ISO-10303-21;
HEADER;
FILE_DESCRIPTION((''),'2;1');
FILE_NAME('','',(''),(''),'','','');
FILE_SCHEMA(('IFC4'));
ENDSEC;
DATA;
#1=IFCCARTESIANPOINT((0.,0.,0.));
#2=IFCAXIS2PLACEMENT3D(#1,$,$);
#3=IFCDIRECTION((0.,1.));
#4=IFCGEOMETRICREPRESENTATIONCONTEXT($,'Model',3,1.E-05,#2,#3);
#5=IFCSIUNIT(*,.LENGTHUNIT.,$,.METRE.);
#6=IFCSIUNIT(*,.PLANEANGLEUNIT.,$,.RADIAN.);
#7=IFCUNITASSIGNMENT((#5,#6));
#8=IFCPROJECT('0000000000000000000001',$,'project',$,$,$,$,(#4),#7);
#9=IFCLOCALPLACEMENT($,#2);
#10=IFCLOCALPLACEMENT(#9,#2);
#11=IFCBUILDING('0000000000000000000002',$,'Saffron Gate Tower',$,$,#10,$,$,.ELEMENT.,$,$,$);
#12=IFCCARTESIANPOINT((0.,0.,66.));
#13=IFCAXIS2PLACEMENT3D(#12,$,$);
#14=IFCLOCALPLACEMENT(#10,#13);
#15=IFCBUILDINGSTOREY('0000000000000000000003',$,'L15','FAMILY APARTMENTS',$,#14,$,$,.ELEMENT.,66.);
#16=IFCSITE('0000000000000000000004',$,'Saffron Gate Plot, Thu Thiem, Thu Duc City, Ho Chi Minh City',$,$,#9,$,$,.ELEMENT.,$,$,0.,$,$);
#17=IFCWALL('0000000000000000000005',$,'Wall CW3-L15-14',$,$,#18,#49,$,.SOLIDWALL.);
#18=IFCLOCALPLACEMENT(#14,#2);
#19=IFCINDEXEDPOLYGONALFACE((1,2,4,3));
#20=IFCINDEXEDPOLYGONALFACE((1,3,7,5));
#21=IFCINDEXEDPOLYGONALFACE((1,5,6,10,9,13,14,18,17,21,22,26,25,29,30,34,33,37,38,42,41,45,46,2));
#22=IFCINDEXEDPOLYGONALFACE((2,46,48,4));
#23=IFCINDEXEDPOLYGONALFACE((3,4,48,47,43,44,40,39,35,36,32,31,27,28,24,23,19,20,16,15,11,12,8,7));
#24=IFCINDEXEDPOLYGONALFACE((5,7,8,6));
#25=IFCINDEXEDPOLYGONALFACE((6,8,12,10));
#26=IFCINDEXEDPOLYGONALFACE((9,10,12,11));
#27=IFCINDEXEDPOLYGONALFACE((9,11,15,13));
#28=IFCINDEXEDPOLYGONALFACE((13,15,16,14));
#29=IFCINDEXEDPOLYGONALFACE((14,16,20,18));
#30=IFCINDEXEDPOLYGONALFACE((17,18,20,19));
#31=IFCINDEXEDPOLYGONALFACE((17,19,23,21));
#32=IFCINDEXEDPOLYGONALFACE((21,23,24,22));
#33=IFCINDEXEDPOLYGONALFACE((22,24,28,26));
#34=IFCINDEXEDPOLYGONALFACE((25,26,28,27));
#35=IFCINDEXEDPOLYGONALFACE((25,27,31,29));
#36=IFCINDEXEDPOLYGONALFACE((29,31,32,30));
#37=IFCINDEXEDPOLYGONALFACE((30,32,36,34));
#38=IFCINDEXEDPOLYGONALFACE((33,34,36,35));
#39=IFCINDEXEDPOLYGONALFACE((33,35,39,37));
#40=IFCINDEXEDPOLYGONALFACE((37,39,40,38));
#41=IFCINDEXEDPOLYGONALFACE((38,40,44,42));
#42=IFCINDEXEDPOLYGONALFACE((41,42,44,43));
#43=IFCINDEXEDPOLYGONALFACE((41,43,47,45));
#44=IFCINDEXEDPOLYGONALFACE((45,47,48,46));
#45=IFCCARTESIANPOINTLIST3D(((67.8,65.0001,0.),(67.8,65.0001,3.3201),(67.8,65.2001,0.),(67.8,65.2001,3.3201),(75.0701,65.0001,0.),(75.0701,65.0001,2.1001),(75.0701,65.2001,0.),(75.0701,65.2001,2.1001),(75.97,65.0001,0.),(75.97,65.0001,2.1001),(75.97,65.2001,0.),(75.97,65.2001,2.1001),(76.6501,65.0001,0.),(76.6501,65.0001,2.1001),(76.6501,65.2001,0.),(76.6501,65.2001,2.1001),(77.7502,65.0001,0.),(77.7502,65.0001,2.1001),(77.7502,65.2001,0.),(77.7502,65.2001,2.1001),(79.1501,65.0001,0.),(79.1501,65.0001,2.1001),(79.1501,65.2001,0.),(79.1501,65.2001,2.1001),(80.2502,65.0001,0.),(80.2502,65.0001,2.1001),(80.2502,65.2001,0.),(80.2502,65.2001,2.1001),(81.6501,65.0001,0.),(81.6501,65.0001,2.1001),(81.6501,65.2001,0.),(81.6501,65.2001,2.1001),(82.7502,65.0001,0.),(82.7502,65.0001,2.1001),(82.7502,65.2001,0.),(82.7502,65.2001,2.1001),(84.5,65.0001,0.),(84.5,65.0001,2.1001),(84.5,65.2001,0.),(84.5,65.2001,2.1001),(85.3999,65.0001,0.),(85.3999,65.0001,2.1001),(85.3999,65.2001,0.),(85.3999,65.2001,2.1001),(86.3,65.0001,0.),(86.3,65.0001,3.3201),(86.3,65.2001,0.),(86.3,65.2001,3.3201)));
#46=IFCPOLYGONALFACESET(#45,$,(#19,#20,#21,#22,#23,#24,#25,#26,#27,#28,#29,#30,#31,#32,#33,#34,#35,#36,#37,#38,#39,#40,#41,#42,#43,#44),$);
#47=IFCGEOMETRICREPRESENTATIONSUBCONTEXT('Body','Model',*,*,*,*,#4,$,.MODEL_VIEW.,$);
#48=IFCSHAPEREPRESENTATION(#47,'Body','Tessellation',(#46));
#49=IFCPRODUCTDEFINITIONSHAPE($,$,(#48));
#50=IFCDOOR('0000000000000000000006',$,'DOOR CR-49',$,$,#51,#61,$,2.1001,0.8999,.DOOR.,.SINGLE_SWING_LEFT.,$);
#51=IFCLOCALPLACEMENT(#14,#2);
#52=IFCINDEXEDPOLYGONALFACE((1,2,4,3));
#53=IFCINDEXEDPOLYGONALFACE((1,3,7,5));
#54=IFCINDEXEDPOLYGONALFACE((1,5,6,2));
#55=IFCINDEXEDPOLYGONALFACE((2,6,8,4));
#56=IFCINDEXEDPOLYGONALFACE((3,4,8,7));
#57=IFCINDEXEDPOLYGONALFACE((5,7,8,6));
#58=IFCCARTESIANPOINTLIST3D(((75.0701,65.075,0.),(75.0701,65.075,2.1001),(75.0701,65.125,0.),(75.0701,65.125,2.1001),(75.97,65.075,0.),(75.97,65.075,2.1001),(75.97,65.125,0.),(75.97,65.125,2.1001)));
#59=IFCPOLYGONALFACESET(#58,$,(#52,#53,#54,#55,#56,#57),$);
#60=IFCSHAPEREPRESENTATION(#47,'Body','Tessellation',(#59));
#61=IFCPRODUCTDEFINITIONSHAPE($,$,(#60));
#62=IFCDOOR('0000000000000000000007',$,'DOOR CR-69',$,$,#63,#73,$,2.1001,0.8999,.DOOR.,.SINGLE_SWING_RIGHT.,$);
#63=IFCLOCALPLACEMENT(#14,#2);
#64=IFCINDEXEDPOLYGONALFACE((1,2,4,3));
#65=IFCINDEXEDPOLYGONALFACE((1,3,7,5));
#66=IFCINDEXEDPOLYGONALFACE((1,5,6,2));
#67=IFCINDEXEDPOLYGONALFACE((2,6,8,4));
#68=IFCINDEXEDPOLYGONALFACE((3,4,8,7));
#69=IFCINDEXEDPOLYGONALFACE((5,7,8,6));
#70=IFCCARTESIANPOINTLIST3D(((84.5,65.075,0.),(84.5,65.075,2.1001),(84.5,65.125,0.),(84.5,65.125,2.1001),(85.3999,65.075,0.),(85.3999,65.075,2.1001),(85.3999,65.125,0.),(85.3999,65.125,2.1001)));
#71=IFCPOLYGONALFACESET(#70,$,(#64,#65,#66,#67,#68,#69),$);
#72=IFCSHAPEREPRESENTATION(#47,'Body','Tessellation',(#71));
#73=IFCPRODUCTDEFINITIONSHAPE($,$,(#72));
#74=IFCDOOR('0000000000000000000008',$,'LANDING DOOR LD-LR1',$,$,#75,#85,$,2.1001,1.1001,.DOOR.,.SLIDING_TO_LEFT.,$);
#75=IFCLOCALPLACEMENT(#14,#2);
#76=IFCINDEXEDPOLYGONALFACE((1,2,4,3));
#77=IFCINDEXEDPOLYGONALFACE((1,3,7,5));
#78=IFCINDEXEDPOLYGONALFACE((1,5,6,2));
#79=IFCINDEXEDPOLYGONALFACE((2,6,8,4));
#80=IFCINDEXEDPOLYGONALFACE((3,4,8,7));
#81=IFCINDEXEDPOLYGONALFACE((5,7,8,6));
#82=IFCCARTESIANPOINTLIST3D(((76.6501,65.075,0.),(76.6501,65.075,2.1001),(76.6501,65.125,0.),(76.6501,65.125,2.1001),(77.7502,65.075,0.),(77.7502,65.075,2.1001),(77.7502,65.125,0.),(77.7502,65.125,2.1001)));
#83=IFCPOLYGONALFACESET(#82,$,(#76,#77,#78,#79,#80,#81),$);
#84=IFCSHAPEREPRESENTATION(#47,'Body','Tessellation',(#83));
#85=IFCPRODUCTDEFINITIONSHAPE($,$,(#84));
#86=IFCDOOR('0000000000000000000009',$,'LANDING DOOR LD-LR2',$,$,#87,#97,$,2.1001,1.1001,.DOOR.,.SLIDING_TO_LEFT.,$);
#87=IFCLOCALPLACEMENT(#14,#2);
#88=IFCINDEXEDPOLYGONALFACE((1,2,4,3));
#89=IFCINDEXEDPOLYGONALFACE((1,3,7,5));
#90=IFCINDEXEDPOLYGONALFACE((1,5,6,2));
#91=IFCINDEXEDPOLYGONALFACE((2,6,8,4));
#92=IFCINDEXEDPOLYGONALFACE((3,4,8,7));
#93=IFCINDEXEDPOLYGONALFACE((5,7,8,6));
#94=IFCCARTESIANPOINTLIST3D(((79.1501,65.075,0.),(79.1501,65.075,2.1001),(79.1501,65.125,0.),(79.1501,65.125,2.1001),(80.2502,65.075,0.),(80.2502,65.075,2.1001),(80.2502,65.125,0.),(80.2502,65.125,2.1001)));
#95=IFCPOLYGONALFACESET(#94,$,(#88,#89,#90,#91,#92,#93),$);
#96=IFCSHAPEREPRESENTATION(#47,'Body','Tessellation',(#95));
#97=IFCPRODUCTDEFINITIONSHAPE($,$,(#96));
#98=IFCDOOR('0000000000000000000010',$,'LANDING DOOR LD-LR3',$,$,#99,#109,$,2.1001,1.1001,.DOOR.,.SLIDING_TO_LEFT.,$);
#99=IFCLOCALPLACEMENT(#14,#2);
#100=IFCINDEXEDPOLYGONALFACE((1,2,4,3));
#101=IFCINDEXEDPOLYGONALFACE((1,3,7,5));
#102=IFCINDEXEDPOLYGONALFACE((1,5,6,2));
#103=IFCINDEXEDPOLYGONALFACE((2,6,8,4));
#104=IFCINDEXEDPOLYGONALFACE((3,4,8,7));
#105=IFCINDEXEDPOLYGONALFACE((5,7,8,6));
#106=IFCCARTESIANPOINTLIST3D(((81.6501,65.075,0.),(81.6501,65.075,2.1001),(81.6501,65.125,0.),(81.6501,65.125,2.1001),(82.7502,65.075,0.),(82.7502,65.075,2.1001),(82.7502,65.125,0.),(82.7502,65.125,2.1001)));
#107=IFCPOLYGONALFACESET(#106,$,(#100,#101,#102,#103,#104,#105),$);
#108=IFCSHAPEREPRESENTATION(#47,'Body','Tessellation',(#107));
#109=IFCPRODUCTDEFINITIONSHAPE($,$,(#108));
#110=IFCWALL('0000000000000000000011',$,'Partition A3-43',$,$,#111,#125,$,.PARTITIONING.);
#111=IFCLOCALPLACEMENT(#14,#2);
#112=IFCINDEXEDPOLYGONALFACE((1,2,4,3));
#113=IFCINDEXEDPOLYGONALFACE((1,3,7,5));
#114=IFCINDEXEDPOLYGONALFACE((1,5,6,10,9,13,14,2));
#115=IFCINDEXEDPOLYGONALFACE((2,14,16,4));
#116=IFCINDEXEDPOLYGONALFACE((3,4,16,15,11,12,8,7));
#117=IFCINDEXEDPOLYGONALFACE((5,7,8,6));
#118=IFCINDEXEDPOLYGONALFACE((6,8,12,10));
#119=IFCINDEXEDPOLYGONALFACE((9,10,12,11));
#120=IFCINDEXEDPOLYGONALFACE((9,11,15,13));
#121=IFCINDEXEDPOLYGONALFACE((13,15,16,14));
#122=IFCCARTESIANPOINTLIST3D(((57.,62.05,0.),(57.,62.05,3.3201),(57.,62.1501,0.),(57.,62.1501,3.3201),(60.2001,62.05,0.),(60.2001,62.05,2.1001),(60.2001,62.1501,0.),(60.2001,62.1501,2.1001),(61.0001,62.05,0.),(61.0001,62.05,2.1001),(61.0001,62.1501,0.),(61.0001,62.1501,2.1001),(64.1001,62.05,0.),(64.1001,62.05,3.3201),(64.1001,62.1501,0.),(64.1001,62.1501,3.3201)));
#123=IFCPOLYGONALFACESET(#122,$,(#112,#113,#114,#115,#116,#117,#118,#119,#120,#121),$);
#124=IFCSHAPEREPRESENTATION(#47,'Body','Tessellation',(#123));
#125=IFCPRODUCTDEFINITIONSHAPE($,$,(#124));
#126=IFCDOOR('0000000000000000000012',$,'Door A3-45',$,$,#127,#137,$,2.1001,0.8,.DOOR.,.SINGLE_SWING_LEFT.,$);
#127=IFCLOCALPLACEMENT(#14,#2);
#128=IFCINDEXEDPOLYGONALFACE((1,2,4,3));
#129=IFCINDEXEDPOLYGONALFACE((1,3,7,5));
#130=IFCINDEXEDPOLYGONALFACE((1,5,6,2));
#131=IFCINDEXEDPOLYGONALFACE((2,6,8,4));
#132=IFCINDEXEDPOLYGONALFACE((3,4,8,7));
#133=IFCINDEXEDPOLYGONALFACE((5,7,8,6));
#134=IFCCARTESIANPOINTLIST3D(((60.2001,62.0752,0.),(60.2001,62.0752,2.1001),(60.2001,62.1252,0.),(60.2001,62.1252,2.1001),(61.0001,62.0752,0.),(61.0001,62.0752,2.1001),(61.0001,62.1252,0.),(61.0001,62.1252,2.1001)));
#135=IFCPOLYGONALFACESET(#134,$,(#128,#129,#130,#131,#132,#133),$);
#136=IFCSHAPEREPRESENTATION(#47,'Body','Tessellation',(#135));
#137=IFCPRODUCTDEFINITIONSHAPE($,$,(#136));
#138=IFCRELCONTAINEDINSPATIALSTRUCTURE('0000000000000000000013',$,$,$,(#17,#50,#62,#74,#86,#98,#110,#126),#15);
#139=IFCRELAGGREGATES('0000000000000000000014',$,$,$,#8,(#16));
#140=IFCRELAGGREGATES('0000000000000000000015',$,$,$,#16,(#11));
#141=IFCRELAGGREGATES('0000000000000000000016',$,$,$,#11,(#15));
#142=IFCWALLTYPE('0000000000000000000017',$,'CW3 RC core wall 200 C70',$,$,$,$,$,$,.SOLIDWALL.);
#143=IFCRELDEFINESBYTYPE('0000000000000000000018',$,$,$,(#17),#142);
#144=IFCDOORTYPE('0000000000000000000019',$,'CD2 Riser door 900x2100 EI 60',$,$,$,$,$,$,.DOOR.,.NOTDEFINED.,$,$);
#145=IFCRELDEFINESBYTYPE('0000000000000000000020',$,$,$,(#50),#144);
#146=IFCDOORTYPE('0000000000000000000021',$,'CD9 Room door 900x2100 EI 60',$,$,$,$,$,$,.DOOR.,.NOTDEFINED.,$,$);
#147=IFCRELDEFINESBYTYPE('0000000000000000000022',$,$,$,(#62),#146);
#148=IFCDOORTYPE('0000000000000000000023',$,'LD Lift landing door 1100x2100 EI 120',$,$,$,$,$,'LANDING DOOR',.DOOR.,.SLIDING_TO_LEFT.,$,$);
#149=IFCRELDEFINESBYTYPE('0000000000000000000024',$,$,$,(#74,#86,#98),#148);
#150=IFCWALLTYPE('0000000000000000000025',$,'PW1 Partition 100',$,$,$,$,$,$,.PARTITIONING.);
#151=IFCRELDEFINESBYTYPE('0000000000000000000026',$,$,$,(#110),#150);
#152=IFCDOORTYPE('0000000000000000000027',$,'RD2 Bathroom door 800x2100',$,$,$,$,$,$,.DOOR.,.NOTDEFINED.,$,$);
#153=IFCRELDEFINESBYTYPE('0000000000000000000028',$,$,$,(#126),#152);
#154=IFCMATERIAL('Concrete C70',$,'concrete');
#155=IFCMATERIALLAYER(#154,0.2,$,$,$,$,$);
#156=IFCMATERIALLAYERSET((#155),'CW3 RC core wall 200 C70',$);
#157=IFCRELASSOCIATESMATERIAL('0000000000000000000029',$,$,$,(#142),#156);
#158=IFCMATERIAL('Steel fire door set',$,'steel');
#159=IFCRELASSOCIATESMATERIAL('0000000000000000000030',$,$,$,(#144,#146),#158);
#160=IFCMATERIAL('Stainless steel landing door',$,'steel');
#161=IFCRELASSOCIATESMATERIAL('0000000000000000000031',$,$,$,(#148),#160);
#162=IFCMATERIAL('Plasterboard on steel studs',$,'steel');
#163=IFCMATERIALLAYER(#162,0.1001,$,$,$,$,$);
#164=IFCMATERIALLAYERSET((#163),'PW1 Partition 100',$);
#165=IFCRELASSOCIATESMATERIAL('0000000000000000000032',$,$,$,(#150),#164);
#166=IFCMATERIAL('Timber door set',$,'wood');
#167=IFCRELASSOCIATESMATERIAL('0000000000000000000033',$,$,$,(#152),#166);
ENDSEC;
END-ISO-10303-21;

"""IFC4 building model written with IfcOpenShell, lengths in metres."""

from ifc_helpers import new_model, si_unit, direction, frame, frame_2d, origin, place, context, subcontext, project, spatial, rectangle, extrude, material, layer, layer_set, type_object, element, fill, save


model = new_model("IFC4")

# Units and contexts
model_context = context("Model", 3, precision=1e-05, world=origin(), true_north=direction((0.0, 1.0)))
body_context = subcontext(model_context, "Body", "Model", "MODEL_VIEW")
ifc_project = project(units=[si_unit("LENGTHUNIT", "METRE"), si_unit("PLANEANGLEUNIT", "RADIAN")], contexts=[model_context])

# Site, building, storey
site_placement = place(None, origin())
site = spatial("IfcSite", under=ifc_project, at=site_placement, Name="Saffron Gate Plot, Thu Thiem, Thu Duc City, Ho Chi Minh City", CompositionType="ELEMENT", RefElevation=0.0)
building_placement = place(site_placement, origin())
building = spatial("IfcBuilding", under=site, at=building_placement, Name="Saffron Gate Tower", CompositionType="ELEMENT")
storey_placement = place(building_placement, frame((0.0, 0.0, 66.0)))
storey = spatial("IfcBuildingStorey", under=building, at=storey_placement, Name="L15", Description="FAMILY APARTMENTS", CompositionType="ELEMENT", Elevation=66.0)

# Shared definitions
ifc_material_1 = material(Name="Concrete C70", Category="concrete")
ifc_material_2 = material(Name="Steel fire door set", Category="steel")

# Wall, openings, doors
ifc_layer_1 = layer(ifc_material_1, 0.2)
ifc_layer_set_1 = layer_set([ifc_layer_1], Name="CW3 RC core wall 200 C70")
wall_type_1 = type_object("IfcWallType", Name="CW3 RC core wall 200 C70", PredefinedType="SOLIDWALL", material=ifc_layer_set_1)
wall_1_placement = place(storey_placement, frame((67.8, 65.1001, 0.0), z_axis=(0.0, 0.0, 1.0), x_axis=(1.0, 0.0, 0.0)))
wall_1 = element("IfcWall", 1, at=wall_1_placement, inside=storey, type_object=wall_type_1, Name="Wall CW3-L15-14", PredefinedType="SOLIDWALL", context=body_context, shape_type="SweptSolid", body=[
    extrude(rectangle(XDim=18.5, YDim=0.2, at=frame_2d((9.25, 0.0))), origin(), (0.0, 0.0, 1.0), 3.3201),
])
opening_1_placement = place(wall_1_placement, frame((7.27, 0.0, 0.0)))
opening_1 = element("IfcOpeningElement", 2, at=opening_1_placement, cuts=wall_1, PredefinedType="OPENING", context=body_context, shape_type="SweptSolid", body=[
    extrude(rectangle(XDim=0.8999, YDim=2.1001, at=frame_2d((0.45, 1.05))), frame((0.0, 0.1099, 0.0), z_axis=(0.0, -1.0, 0.0), x_axis=(1.0, 0.0, 0.0)), (0.0, 0.0, 1.0), 0.22),
])
opening_2_placement = place(wall_1_placement, frame((8.8501, 0.0, 0.0)))
opening_2 = element("IfcOpeningElement", 3, at=opening_2_placement, cuts=wall_1, PredefinedType="OPENING", context=body_context, shape_type="SweptSolid", body=[
    extrude(rectangle(XDim=1.1001, YDim=2.1001, at=frame_2d((0.55, 1.05))), frame((0.0, 0.1099, 0.0), z_axis=(0.0, -1.0, 0.0), x_axis=(1.0, 0.0, 0.0)), (0.0, 0.0, 1.0), 0.22),
])
opening_3_placement = place(wall_1_placement, frame((11.3501, 0.0, 0.0)))
opening_3 = element("IfcOpeningElement", 4, at=opening_3_placement, cuts=wall_1, PredefinedType="OPENING", context=body_context, shape_type="SweptSolid", body=[
    extrude(rectangle(XDim=1.1001, YDim=2.1001, at=frame_2d((0.55, 1.05))), frame((0.0, 0.1099, 0.0), z_axis=(0.0, -1.0, 0.0), x_axis=(1.0, 0.0, 0.0)), (0.0, 0.0, 1.0), 0.22),
])
opening_4_placement = place(wall_1_placement, frame((13.8501, 0.0, 0.0)))
opening_4 = element("IfcOpeningElement", 5, at=opening_4_placement, cuts=wall_1, PredefinedType="OPENING", context=body_context, shape_type="SweptSolid", body=[
    extrude(rectangle(XDim=1.1001, YDim=2.1001, at=frame_2d((0.55, 1.05))), frame((0.0, 0.1099, 0.0), z_axis=(0.0, -1.0, 0.0), x_axis=(1.0, 0.0, 0.0)), (0.0, 0.0, 1.0), 0.22),
])
opening_5_placement = place(wall_1_placement, frame((16.7, 0.0, 0.0)))
opening_5 = element("IfcOpeningElement", 6, at=opening_5_placement, cuts=wall_1, PredefinedType="OPENING", context=body_context, shape_type="SweptSolid", body=[
    extrude(rectangle(XDim=0.8999, YDim=2.1001, at=frame_2d((0.45, 1.05))), frame((0.0, 0.1099, 0.0), z_axis=(0.0, -1.0, 0.0), x_axis=(1.0, 0.0, 0.0)), (0.0, 0.0, 1.0), 0.22),
])
door_type_1 = type_object("IfcDoorType", Name="CD2 Riser door 900x2100 EI 60", OperationType="NOTDEFINED", PredefinedType="DOOR", material=ifc_material_2)
door_1_placement = place(opening_1_placement, origin())
door_1 = element("IfcDoor", 7, at=door_1_placement, inside=storey, type_object=door_type_1, Name="DOOR CR-49", OperationType="SINGLE_SWING_LEFT", OverallHeight=2.1001, OverallWidth=0.8999, PredefinedType="DOOR", context=body_context, shape_type="SweptSolid", body=[
    extrude(rectangle(XDim=0.8999, YDim=2.1001, at=frame_2d((0.45, 1.05))), frame((0.0, 0.0249, 0.0), z_axis=(0.0, -1.0, 0.0), x_axis=(1.0, 0.0, 0.0)), (0.0, 0.0, 1.0), 0.05),
])
fill(opening_1, door_1)
door_type_2 = type_object("IfcDoorType", Name="CD9 Room door 900x2100 EI 60", OperationType="NOTDEFINED", PredefinedType="DOOR", material=ifc_material_2)
door_2_placement = place(opening_5_placement, origin())
door_2 = element("IfcDoor", 8, at=door_2_placement, inside=storey, type_object=door_type_2, Name="DOOR CR-69", OperationType="SINGLE_SWING_RIGHT", OverallHeight=2.1001, OverallWidth=0.8999, PredefinedType="DOOR", context=body_context, shape_type="SweptSolid", body=[
    extrude(rectangle(XDim=0.8999, YDim=2.1001, at=frame_2d((0.45, 1.05))), frame((0.0, 0.0249, 0.0), z_axis=(0.0, -1.0, 0.0), x_axis=(1.0, 0.0, 0.0)), (0.0, 0.0, 1.0), 0.05),
])
fill(opening_5, door_2)
ifc_material_3 = material(Name="Stainless steel landing door", Category="steel")
door_type_3 = type_object("IfcDoorType", Name="LD Lift landing door 1100x2100 EI 120", ElementType="LANDING DOOR", OperationType="SLIDING_TO_LEFT", PredefinedType="DOOR", material=ifc_material_3)
door_3_placement = place(opening_2_placement, origin())
door_3 = element("IfcDoor", 9, at=door_3_placement, inside=storey, type_object=door_type_3, Name="LANDING DOOR LD-LR1", OperationType="SLIDING_TO_LEFT", OverallHeight=2.1001, OverallWidth=1.1001, PredefinedType="DOOR", context=body_context, shape_type="SweptSolid", body=[
    extrude(rectangle(XDim=1.1001, YDim=2.1001, at=frame_2d((0.55, 1.05))), frame((0.0, 0.0249, 0.0), z_axis=(0.0, -1.0, 0.0), x_axis=(1.0, 0.0, 0.0)), (0.0, 0.0, 1.0), 0.05),
])
fill(opening_2, door_3)
door_4_placement = place(opening_3_placement, origin())
door_4 = element("IfcDoor", 10, at=door_4_placement, inside=storey, type_object=door_type_3, Name="LANDING DOOR LD-LR2", OperationType="SLIDING_TO_LEFT", OverallHeight=2.1001, OverallWidth=1.1001, PredefinedType="DOOR", context=body_context, shape_type="SweptSolid", body=[
    extrude(rectangle(XDim=1.1001, YDim=2.1001, at=frame_2d((0.55, 1.05))), frame((0.0, 0.0249, 0.0), z_axis=(0.0, -1.0, 0.0), x_axis=(1.0, 0.0, 0.0)), (0.0, 0.0, 1.0), 0.05),
])
fill(opening_3, door_4)
door_5_placement = place(opening_4_placement, origin())
door_5 = element("IfcDoor", 11, at=door_5_placement, inside=storey, type_object=door_type_3, Name="LANDING DOOR LD-LR3", OperationType="SLIDING_TO_LEFT", OverallHeight=2.1001, OverallWidth=1.1001, PredefinedType="DOOR", context=body_context, shape_type="SweptSolid", body=[
    extrude(rectangle(XDim=1.1001, YDim=2.1001, at=frame_2d((0.55, 1.05))), frame((0.0, 0.0249, 0.0), z_axis=(0.0, -1.0, 0.0), x_axis=(1.0, 0.0, 0.0)), (0.0, 0.0, 1.0), 0.05),
])
fill(opening_4, door_5)

# Wall, opening, door
ifc_material_4 = material(Name="Plasterboard on steel studs", Category="steel")
ifc_layer_2 = layer(ifc_material_4, 0.1001)
ifc_layer_set_2 = layer_set([ifc_layer_2], Name="PW1 Partition 100")
wall_type_2 = type_object("IfcWallType", Name="PW1 Partition 100", PredefinedType="PARTITIONING", material=ifc_layer_set_2)
wall_2_placement = place(storey_placement, frame((64.1001, 62.1001, 0.0), z_axis=(0.0, 0.0, 1.0), x_axis=(-1.0, 0.0, 0.0)))
wall_2 = element("IfcWall", 12, at=wall_2_placement, inside=storey, type_object=wall_type_2, Name="Partition A3-43", PredefinedType="PARTITIONING", context=body_context, shape_type="SweptSolid", body=[
    extrude(rectangle(XDim=7.1001, YDim=0.1001, at=frame_2d((3.55, 0.0))), origin(), (0.0, 0.0, 1.0), 3.3201),
])
opening_6_placement = place(wall_2_placement, frame((3.1001, 0.0, 0.0)))
opening_6 = element("IfcOpeningElement", 13, at=opening_6_placement, cuts=wall_2, PredefinedType="OPENING", context=body_context, shape_type="SweptSolid", body=[
    extrude(rectangle(XDim=0.8, YDim=2.1001, at=frame_2d((0.3999, 1.05))), frame((0.0, 0.0601, 0.0), z_axis=(0.0, -1.0, 0.0), x_axis=(1.0, 0.0, 0.0)), (0.0, 0.0, 1.0), 0.1201),
])
ifc_material_5 = material(Name="Timber door set", Category="wood")
door_type_4 = type_object("IfcDoorType", Name="RD2 Bathroom door 800x2100", OperationType="NOTDEFINED", PredefinedType="DOOR", material=ifc_material_5)
door_6_placement = place(opening_6_placement, origin())
door_6 = element("IfcDoor", 14, at=door_6_placement, inside=storey, type_object=door_type_4, Name="Door A3-45", OperationType="SINGLE_SWING_LEFT", OverallHeight=2.1001, OverallWidth=0.8, PredefinedType="DOOR", context=body_context, shape_type="SweptSolid", body=[
    extrude(rectangle(XDim=0.8, YDim=2.1001, at=frame_2d((0.3999, 1.05))), frame((0.0, 0.0249, 0.0), z_axis=(0.0, -1.0, 0.0), x_axis=(1.0, 0.0, 0.0)), (0.0, 0.0, 1.0), 0.05),
])
fill(opening_6, door_6)

save(model, "model.ifc")
